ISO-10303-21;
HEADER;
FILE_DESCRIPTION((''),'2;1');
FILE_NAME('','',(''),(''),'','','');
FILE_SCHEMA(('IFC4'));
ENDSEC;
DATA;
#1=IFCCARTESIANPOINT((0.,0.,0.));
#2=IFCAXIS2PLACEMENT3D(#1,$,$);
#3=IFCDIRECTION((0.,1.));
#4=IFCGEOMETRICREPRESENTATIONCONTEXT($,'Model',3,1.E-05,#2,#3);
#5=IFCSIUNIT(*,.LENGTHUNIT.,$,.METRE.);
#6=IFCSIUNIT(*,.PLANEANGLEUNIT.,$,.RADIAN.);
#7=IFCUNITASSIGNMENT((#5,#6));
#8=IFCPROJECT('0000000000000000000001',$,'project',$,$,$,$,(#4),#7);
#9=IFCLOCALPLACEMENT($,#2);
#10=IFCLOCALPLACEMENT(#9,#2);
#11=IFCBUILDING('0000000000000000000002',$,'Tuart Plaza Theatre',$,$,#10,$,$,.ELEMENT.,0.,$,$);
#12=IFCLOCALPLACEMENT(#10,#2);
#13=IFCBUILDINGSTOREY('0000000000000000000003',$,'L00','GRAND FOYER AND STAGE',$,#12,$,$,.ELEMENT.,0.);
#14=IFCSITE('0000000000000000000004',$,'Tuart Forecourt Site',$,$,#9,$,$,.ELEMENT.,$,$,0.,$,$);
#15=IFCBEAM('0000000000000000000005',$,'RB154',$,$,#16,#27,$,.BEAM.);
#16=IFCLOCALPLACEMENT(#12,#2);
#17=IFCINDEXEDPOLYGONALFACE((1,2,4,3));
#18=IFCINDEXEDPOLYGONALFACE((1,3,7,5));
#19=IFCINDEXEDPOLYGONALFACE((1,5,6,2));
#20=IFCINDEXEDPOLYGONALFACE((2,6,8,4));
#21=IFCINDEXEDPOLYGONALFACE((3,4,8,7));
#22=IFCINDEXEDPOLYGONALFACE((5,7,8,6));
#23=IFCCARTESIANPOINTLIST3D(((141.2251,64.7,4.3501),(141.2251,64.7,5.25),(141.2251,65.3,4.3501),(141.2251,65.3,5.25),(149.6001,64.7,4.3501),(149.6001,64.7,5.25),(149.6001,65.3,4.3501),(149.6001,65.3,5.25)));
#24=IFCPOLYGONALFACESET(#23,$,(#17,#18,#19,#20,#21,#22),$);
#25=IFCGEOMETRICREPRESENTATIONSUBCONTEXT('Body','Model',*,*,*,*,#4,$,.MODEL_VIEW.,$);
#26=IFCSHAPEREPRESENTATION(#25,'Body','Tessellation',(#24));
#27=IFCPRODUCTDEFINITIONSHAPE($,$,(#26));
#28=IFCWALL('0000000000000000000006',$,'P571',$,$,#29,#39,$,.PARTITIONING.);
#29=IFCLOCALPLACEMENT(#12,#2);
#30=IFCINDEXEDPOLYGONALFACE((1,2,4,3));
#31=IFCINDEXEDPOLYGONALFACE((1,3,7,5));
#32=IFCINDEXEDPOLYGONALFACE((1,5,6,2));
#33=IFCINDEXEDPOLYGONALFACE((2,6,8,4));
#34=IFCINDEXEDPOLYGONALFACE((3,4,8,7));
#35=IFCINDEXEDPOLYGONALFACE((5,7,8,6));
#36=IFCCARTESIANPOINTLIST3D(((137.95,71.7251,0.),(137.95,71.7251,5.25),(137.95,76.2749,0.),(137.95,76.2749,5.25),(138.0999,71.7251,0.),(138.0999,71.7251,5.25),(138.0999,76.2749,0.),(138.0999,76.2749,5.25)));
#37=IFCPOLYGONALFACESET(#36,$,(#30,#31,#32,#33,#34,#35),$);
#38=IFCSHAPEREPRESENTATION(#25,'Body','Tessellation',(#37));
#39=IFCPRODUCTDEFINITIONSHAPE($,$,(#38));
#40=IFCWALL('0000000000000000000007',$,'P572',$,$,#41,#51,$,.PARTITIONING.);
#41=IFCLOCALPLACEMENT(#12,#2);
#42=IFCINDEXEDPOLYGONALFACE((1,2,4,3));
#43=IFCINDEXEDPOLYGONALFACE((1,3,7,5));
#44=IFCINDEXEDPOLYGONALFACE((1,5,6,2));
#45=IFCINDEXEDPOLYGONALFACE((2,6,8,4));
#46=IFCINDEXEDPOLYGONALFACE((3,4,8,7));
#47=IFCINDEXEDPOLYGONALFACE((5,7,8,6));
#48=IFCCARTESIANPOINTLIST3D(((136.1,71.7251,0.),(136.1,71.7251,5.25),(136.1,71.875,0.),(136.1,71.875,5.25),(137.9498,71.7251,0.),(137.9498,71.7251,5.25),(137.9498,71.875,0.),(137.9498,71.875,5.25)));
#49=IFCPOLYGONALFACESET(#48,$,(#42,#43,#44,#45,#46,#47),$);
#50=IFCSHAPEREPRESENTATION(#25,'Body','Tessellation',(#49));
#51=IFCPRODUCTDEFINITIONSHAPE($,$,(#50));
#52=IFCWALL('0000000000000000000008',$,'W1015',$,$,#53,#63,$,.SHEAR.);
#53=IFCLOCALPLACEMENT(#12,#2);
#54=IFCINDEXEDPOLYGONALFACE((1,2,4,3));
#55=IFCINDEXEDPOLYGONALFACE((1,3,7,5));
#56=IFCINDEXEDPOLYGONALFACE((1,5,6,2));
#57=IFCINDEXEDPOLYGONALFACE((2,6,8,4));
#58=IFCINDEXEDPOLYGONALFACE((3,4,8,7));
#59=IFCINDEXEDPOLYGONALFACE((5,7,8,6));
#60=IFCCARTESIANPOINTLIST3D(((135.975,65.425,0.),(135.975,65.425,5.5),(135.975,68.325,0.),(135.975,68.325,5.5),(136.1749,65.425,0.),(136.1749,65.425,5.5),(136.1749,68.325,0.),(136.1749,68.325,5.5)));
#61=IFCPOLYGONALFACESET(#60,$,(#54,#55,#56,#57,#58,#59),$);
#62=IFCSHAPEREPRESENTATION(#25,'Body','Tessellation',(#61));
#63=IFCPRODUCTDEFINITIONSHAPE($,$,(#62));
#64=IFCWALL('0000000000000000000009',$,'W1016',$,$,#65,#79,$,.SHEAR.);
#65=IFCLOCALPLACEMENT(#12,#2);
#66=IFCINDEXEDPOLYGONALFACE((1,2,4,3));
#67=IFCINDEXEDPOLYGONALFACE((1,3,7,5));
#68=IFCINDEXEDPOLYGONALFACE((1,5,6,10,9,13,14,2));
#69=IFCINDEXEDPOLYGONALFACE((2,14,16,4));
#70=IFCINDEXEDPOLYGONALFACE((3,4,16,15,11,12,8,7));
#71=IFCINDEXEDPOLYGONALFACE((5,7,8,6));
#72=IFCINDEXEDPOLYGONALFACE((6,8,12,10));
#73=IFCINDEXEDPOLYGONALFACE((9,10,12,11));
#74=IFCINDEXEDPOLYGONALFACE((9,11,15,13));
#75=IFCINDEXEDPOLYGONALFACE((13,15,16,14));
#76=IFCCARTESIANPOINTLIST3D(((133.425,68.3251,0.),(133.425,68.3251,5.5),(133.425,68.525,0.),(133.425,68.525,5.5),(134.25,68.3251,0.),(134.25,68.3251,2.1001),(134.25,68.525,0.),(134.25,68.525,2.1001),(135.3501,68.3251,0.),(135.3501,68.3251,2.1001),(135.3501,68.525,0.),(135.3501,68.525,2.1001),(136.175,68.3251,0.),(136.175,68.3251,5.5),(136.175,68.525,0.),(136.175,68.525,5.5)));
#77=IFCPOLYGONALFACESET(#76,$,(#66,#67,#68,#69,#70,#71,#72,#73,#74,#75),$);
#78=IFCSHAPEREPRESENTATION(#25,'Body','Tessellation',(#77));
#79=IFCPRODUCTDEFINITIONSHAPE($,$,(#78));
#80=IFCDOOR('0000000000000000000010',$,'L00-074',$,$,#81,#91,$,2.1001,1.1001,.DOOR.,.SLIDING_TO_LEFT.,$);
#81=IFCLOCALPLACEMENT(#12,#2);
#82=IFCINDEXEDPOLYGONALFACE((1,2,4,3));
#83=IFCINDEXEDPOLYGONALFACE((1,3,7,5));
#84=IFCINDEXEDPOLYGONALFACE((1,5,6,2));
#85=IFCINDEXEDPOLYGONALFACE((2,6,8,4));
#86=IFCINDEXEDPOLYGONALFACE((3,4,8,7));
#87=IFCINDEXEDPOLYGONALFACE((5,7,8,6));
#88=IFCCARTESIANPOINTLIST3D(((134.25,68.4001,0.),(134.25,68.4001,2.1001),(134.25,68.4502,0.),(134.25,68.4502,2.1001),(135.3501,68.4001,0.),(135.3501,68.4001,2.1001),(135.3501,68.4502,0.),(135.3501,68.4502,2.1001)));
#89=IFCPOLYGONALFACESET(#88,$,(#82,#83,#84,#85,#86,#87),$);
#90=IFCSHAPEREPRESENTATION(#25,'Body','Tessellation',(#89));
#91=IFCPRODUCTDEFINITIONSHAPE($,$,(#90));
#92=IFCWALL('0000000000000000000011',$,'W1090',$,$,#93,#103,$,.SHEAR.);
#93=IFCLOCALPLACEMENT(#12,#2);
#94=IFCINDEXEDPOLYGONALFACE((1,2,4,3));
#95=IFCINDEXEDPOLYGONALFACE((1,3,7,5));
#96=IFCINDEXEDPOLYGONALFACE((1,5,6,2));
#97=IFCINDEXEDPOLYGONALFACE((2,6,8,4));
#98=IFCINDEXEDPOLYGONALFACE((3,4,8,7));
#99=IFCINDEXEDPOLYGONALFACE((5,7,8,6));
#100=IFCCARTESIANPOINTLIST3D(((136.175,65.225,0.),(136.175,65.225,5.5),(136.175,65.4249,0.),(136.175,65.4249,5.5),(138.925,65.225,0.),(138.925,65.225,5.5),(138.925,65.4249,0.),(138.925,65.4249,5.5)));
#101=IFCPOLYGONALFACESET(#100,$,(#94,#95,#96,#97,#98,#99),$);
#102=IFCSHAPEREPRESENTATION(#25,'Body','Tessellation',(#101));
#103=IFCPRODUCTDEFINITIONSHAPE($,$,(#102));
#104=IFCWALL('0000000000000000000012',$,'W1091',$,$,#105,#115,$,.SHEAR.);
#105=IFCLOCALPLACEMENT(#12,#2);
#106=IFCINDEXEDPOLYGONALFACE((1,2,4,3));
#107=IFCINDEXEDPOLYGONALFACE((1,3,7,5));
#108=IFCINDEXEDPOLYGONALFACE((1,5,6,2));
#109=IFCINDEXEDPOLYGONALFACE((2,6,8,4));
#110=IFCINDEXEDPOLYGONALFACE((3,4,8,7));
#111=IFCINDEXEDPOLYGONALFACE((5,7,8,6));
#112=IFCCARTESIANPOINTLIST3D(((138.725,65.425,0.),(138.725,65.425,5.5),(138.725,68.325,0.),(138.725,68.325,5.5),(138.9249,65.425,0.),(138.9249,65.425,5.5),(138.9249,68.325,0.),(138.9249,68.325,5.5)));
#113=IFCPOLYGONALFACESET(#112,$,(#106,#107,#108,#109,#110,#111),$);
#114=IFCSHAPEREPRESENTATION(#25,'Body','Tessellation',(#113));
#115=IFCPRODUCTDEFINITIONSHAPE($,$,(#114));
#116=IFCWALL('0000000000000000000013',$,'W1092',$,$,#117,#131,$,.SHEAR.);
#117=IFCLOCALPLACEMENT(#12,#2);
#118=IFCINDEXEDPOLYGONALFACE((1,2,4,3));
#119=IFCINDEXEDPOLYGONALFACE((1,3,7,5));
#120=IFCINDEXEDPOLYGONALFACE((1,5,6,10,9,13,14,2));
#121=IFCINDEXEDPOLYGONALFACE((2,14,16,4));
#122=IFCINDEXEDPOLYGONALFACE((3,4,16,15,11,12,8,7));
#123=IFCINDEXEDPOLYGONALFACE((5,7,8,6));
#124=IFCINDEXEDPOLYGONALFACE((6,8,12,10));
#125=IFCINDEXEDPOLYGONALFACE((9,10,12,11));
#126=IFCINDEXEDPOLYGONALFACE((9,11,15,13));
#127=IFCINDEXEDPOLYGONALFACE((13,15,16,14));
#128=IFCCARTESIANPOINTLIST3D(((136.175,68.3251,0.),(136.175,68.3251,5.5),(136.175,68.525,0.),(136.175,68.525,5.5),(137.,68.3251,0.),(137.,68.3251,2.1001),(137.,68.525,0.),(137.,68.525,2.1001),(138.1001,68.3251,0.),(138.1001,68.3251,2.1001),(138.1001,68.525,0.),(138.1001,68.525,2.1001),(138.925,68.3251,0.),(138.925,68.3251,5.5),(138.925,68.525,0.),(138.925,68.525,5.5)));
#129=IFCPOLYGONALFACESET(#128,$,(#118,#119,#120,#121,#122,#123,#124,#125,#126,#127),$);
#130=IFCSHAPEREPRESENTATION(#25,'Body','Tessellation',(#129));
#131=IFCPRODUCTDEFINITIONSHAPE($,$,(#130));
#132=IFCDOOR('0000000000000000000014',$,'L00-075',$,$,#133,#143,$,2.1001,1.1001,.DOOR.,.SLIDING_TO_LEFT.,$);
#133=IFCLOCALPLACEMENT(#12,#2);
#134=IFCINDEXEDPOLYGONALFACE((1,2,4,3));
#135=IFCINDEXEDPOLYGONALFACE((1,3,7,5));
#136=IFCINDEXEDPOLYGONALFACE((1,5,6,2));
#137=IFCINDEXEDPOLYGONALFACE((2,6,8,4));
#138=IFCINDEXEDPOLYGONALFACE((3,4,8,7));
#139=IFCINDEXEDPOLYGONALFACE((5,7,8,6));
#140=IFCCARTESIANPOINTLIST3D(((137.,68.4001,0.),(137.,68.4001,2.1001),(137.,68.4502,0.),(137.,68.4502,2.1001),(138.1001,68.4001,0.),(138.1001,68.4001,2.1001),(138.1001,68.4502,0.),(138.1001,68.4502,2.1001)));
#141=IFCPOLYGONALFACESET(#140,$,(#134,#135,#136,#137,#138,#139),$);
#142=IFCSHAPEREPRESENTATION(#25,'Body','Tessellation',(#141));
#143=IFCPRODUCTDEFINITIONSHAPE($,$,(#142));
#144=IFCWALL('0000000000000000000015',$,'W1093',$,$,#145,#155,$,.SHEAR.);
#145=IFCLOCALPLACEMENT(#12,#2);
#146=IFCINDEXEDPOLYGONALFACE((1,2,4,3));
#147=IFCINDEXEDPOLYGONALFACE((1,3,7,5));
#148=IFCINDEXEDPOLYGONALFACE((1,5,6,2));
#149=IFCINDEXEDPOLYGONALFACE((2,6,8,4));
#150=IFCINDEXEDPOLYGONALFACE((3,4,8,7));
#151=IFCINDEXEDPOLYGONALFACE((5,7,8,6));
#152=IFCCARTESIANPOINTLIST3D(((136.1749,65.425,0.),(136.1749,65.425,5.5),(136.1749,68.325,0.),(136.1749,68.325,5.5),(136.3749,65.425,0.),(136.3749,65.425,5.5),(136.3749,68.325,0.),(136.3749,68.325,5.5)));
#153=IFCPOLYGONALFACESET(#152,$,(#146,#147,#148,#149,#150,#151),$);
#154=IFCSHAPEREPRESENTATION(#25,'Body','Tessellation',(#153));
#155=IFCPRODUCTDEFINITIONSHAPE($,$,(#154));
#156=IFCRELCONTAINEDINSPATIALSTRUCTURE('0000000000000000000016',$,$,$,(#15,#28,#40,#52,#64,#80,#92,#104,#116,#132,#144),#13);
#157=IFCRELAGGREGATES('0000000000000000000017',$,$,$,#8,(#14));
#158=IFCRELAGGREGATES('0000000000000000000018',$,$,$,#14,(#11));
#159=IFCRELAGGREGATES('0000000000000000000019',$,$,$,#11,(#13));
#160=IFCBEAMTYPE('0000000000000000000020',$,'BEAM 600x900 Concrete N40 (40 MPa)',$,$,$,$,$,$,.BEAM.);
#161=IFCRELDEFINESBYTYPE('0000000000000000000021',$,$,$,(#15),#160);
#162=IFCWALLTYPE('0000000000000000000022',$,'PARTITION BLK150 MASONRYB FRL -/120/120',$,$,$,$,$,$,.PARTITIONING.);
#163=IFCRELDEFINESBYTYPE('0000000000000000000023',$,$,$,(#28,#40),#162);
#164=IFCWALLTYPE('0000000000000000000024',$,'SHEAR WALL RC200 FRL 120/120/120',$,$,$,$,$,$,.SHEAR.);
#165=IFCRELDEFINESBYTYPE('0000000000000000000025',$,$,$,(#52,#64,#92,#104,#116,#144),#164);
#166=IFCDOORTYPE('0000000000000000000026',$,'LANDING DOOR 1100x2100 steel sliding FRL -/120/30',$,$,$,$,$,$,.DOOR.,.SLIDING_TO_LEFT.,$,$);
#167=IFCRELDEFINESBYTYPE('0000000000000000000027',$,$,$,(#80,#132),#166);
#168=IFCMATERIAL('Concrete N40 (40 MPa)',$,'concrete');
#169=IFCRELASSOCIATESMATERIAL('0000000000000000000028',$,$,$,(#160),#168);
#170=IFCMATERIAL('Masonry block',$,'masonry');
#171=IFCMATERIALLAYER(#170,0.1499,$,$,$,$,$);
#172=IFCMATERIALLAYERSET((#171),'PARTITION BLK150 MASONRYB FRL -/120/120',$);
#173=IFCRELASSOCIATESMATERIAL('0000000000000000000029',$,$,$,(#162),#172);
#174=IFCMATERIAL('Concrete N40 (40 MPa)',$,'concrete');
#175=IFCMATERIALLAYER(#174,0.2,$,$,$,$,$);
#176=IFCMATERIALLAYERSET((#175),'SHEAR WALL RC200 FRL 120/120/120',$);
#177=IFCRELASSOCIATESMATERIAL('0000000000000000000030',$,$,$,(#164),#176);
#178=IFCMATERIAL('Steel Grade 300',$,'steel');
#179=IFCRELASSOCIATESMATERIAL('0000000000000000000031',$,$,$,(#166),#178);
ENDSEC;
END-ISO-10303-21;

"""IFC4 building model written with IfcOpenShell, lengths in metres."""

from ifc_helpers import new_model, si_unit, direction, frame, frame_2d, origin, origin_2d, place, context, subcontext, project, spatial, rectangle, extrude, material, layer, layer_set, material_profile, profile_set, type_object, element, fill, save


model = new_model("IFC4")

# Units and contexts
model_context = context("Model", 3, precision=1e-05, world=origin(), true_north=direction((0.0, 1.0)))
body_context = subcontext(model_context, "Body", "Model", "MODEL_VIEW")
ifc_project = project(units=[si_unit("LENGTHUNIT", "METRE"), si_unit("PLANEANGLEUNIT", "RADIAN")], contexts=[model_context])

# Site, building, storey
site_placement = place(None, origin())
site = spatial("IfcSite", under=ifc_project, at=site_placement, Name="Tuart Forecourt Site", CompositionType="ELEMENT", RefElevation=0.0)
building_placement = place(site_placement, origin())
building = spatial("IfcBuilding", under=site, at=building_placement, Name="Tuart Plaza Theatre", CompositionType="ELEMENT", ElevationOfRefHeight=0.0)
storey_placement = place(building_placement, origin())
storey = spatial("IfcBuildingStorey", under=building, at=storey_placement, Name="L00", Description="GRAND FOYER AND STAGE", CompositionType="ELEMENT", Elevation=0.0)

# Beam
ifc_material_1 = material(Name="Concrete N40 (40 MPa)", Category="concrete")
ifc_material_profile = material_profile(ifc_material_1, rectangle(XDim=0.6001, YDim=0.8999, at=origin_2d()), Name="BEAM 600x900 Concrete N40 (40 MPa)")
ifc_profile_set = profile_set([ifc_material_profile], Name="Concrete N40 (40 MPa)")
beam_type = type_object("IfcBeamType", Name="BEAM 600x900 Concrete N40 (40 MPa)", PredefinedType="BEAM", material=ifc_profile_set)
beam_placement = place(storey_placement, frame((141.2251, 65.0, 4.8), z_axis=(1.0, 0.0, 0.0), x_axis=(0.0, 1.0, 0.0)))
element("IfcBeam", 1, at=beam_placement, inside=storey, type_object=beam_type, Name="RB154", PredefinedType="BEAM", context=body_context, shape_type="SweptSolid", body=[
    extrude(rectangle(XDim=0.6001, YDim=0.8999, at=origin_2d()), origin(), (0.0, 0.0, 1.0), 8.375),
])

# Walls
ifc_material_2 = material(Name="Masonry block", Category="masonry")
ifc_layer_1 = layer(ifc_material_2, 0.1499)
ifc_layer_set_1 = layer_set([ifc_layer_1], Name="PARTITION BLK150 MASONRYB FRL -/120/120")
wall_type_1 = type_object("IfcWallType", Name="PARTITION BLK150 MASONRYB FRL -/120/120", PredefinedType="PARTITIONING", material=ifc_layer_set_1)
wall_1_placement = place(storey_placement, frame((138.0249, 71.7251, 0.0), z_axis=(0.0, 0.0, 1.0), x_axis=(0.0, 1.0, 0.0)))
element("IfcWall", 2, at=wall_1_placement, inside=storey, type_object=wall_type_1, Name="P571", PredefinedType="PARTITIONING", context=body_context, shape_type="SweptSolid", body=[
    extrude(rectangle(XDim=4.5498, YDim=0.1499, at=frame_2d((2.2749, 0.0))), origin(), (0.0, 0.0, 1.0), 5.25),
])
wall_2_placement = place(storey_placement, frame((136.1001, 71.8, 0.0), z_axis=(0.0, 0.0, 1.0), x_axis=(1.0, 0.0, 0.0)))
element("IfcWall", 3, at=wall_2_placement, inside=storey, type_object=wall_type_1, Name="P572", PredefinedType="PARTITIONING", context=body_context, shape_type="SweptSolid", body=[
    extrude(rectangle(XDim=1.8499, YDim=0.1499, at=frame_2d((0.9248, 0.0))), origin(), (0.0, 0.0, 1.0), 5.25),
])
ifc_material_3 = material(Name="Concrete N40 (40 MPa)", Category="concrete")
ifc_layer_2 = layer(ifc_material_3, 0.2)
ifc_layer_set_2 = layer_set([ifc_layer_2], Name="SHEAR WALL RC200 FRL 120/120/120")
wall_type_2 = type_object("IfcWallType", Name="SHEAR WALL RC200 FRL 120/120/120", PredefinedType="SHEAR", material=ifc_layer_set_2)
wall_3_placement = place(storey_placement, frame((136.075, 65.425, 0.0), z_axis=(0.0, 0.0, 1.0), x_axis=(0.0, 1.0, 0.0)))
element("IfcWall", 4, at=wall_3_placement, inside=storey, type_object=wall_type_2, Name="W1015", PredefinedType="SHEAR", context=body_context, shape_type="SweptSolid", body=[
    extrude(rectangle(XDim=2.8999, YDim=0.2, at=frame_2d((1.45, 0.0))), origin(), (0.0, 0.0, 1.0), 5.5),
])

# Wall, opening, door
wall_4_placement = place(storey_placement, frame((136.175, 68.425, 0.0), z_axis=(0.0, 0.0, 1.0), x_axis=(-1.0, 0.0, 0.0)))
wall_4 = element("IfcWall", 5, at=wall_4_placement, inside=storey, type_object=wall_type_2, Name="W1016", PredefinedType="SHEAR", context=body_context, shape_type="SweptSolid", body=[
    extrude(rectangle(XDim=2.75, YDim=0.2, at=frame_2d((1.375, 0.0))), origin(), (0.0, 0.0, 1.0), 5.5),
])
opening_1_placement = place(wall_4_placement, frame((0.825, 0.0, 0.0)))
opening_1 = element("IfcOpeningElement", 6, at=opening_1_placement, cuts=wall_4, PredefinedType="OPENING", context=body_context, shape_type="SweptSolid", body=[
    extrude(rectangle(XDim=1.1001, YDim=2.1001, at=frame_2d((0.55, 1.05))), frame((0.0, 0.1099, 0.0), z_axis=(0.0, -1.0, 0.0), x_axis=(1.0, 0.0, 0.0)), (0.0, 0.0, 1.0), 0.22),
])
ifc_material_4 = material(Name="Steel Grade 300", Category="steel")
door_type_1 = type_object("IfcDoorType", Name="LANDING DOOR 1100x2100 steel sliding FRL -/120/30", OperationType="SLIDING_TO_LEFT", PredefinedType="DOOR", material=ifc_material_4)
door_1_placement = place(opening_1_placement, origin())
door_1 = element("IfcDoor", 7, at=door_1_placement, inside=storey, type_object=door_type_1, Name="L00-074", OperationType="SLIDING_TO_LEFT", OverallHeight=2.1001, OverallWidth=1.1001, PredefinedType="DOOR", context=body_context, shape_type="SweptSolid", body=[
    extrude(rectangle(XDim=1.1001, YDim=2.1001, at=frame_2d((0.55, 1.05))), frame((0.0, 0.0249, 0.0), z_axis=(0.0, -1.0, 0.0), x_axis=(1.0, 0.0, 0.0)), (0.0, 0.0, 1.0), 0.05),
])
fill(opening_1, door_1)

# Walls
wall_5_placement = place(storey_placement, frame((136.175, 65.325, 0.0), z_axis=(0.0, 0.0, 1.0), x_axis=(1.0, 0.0, 0.0)))
element("IfcWall", 8, at=wall_5_placement, inside=storey, type_object=wall_type_2, Name="W1090", PredefinedType="SHEAR", context=body_context, shape_type="SweptSolid", body=[
    extrude(rectangle(XDim=2.75, YDim=0.2, at=frame_2d((1.375, 0.0))), origin(), (0.0, 0.0, 1.0), 5.5),
])
wall_6_placement = place(storey_placement, frame((138.825, 65.425, 0.0), z_axis=(0.0, 0.0, 1.0), x_axis=(0.0, 1.0, 0.0)))
element("IfcWall", 9, at=wall_6_placement, inside=storey, type_object=wall_type_2, Name="W1091", PredefinedType="SHEAR", context=body_context, shape_type="SweptSolid", body=[
    extrude(rectangle(XDim=2.8999, YDim=0.2, at=frame_2d((1.45, 0.0))), origin(), (0.0, 0.0, 1.0), 5.5),
])

# Wall, opening, door
wall_7_placement = place(storey_placement, frame((138.925, 68.425, 0.0), z_axis=(0.0, 0.0, 1.0), x_axis=(-1.0, 0.0, 0.0)))
wall_7 = element("IfcWall", 10, at=wall_7_placement, inside=storey, type_object=wall_type_2, Name="W1092", PredefinedType="SHEAR", context=body_context, shape_type="SweptSolid", body=[
    extrude(rectangle(XDim=2.75, YDim=0.2, at=frame_2d((1.375, 0.0))), origin(), (0.0, 0.0, 1.0), 5.5),
])
opening_2_placement = place(wall_7_placement, frame((0.825, 0.0, 0.0)))
opening_2 = element("IfcOpeningElement", 11, at=opening_2_placement, cuts=wall_7, PredefinedType="OPENING", context=body_context, shape_type="SweptSolid", body=[
    extrude(rectangle(XDim=1.1001, YDim=2.1001, at=frame_2d((0.55, 1.05))), frame((0.0, 0.1099, 0.0), z_axis=(0.0, -1.0, 0.0), x_axis=(1.0, 0.0, 0.0)), (0.0, 0.0, 1.0), 0.22),
])
door_2_placement = place(opening_2_placement, origin())
door_2 = element("IfcDoor", 12, at=door_2_placement, inside=storey, type_object=door_type_1, Name="L00-075", OperationType="SLIDING_TO_LEFT", OverallHeight=2.1001, OverallWidth=1.1001, PredefinedType="DOOR", context=body_context, shape_type="SweptSolid", body=[
    extrude(rectangle(XDim=1.1001, YDim=2.1001, at=frame_2d((0.55, 1.05))), frame((0.0, 0.0249, 0.0), z_axis=(0.0, -1.0, 0.0), x_axis=(1.0, 0.0, 0.0)), (0.0, 0.0, 1.0), 0.05),
])
fill(opening_2, door_2)

# Wall
wall_8_placement = place(storey_placement, frame((136.2749, 68.325, 0.0), z_axis=(0.0, 0.0, 1.0), x_axis=(0.0, -1.0, 0.0)))
element("IfcWall", 13, at=wall_8_placement, inside=storey, type_object=wall_type_2, Name="W1093", PredefinedType="SHEAR", context=body_context, shape_type="SweptSolid", body=[
    extrude(rectangle(XDim=2.8999, YDim=0.2, at=frame_2d((1.45, 0.0))), origin(), (0.0, 0.0, 1.0), 5.5),
])

save(model, "model.ifc")
